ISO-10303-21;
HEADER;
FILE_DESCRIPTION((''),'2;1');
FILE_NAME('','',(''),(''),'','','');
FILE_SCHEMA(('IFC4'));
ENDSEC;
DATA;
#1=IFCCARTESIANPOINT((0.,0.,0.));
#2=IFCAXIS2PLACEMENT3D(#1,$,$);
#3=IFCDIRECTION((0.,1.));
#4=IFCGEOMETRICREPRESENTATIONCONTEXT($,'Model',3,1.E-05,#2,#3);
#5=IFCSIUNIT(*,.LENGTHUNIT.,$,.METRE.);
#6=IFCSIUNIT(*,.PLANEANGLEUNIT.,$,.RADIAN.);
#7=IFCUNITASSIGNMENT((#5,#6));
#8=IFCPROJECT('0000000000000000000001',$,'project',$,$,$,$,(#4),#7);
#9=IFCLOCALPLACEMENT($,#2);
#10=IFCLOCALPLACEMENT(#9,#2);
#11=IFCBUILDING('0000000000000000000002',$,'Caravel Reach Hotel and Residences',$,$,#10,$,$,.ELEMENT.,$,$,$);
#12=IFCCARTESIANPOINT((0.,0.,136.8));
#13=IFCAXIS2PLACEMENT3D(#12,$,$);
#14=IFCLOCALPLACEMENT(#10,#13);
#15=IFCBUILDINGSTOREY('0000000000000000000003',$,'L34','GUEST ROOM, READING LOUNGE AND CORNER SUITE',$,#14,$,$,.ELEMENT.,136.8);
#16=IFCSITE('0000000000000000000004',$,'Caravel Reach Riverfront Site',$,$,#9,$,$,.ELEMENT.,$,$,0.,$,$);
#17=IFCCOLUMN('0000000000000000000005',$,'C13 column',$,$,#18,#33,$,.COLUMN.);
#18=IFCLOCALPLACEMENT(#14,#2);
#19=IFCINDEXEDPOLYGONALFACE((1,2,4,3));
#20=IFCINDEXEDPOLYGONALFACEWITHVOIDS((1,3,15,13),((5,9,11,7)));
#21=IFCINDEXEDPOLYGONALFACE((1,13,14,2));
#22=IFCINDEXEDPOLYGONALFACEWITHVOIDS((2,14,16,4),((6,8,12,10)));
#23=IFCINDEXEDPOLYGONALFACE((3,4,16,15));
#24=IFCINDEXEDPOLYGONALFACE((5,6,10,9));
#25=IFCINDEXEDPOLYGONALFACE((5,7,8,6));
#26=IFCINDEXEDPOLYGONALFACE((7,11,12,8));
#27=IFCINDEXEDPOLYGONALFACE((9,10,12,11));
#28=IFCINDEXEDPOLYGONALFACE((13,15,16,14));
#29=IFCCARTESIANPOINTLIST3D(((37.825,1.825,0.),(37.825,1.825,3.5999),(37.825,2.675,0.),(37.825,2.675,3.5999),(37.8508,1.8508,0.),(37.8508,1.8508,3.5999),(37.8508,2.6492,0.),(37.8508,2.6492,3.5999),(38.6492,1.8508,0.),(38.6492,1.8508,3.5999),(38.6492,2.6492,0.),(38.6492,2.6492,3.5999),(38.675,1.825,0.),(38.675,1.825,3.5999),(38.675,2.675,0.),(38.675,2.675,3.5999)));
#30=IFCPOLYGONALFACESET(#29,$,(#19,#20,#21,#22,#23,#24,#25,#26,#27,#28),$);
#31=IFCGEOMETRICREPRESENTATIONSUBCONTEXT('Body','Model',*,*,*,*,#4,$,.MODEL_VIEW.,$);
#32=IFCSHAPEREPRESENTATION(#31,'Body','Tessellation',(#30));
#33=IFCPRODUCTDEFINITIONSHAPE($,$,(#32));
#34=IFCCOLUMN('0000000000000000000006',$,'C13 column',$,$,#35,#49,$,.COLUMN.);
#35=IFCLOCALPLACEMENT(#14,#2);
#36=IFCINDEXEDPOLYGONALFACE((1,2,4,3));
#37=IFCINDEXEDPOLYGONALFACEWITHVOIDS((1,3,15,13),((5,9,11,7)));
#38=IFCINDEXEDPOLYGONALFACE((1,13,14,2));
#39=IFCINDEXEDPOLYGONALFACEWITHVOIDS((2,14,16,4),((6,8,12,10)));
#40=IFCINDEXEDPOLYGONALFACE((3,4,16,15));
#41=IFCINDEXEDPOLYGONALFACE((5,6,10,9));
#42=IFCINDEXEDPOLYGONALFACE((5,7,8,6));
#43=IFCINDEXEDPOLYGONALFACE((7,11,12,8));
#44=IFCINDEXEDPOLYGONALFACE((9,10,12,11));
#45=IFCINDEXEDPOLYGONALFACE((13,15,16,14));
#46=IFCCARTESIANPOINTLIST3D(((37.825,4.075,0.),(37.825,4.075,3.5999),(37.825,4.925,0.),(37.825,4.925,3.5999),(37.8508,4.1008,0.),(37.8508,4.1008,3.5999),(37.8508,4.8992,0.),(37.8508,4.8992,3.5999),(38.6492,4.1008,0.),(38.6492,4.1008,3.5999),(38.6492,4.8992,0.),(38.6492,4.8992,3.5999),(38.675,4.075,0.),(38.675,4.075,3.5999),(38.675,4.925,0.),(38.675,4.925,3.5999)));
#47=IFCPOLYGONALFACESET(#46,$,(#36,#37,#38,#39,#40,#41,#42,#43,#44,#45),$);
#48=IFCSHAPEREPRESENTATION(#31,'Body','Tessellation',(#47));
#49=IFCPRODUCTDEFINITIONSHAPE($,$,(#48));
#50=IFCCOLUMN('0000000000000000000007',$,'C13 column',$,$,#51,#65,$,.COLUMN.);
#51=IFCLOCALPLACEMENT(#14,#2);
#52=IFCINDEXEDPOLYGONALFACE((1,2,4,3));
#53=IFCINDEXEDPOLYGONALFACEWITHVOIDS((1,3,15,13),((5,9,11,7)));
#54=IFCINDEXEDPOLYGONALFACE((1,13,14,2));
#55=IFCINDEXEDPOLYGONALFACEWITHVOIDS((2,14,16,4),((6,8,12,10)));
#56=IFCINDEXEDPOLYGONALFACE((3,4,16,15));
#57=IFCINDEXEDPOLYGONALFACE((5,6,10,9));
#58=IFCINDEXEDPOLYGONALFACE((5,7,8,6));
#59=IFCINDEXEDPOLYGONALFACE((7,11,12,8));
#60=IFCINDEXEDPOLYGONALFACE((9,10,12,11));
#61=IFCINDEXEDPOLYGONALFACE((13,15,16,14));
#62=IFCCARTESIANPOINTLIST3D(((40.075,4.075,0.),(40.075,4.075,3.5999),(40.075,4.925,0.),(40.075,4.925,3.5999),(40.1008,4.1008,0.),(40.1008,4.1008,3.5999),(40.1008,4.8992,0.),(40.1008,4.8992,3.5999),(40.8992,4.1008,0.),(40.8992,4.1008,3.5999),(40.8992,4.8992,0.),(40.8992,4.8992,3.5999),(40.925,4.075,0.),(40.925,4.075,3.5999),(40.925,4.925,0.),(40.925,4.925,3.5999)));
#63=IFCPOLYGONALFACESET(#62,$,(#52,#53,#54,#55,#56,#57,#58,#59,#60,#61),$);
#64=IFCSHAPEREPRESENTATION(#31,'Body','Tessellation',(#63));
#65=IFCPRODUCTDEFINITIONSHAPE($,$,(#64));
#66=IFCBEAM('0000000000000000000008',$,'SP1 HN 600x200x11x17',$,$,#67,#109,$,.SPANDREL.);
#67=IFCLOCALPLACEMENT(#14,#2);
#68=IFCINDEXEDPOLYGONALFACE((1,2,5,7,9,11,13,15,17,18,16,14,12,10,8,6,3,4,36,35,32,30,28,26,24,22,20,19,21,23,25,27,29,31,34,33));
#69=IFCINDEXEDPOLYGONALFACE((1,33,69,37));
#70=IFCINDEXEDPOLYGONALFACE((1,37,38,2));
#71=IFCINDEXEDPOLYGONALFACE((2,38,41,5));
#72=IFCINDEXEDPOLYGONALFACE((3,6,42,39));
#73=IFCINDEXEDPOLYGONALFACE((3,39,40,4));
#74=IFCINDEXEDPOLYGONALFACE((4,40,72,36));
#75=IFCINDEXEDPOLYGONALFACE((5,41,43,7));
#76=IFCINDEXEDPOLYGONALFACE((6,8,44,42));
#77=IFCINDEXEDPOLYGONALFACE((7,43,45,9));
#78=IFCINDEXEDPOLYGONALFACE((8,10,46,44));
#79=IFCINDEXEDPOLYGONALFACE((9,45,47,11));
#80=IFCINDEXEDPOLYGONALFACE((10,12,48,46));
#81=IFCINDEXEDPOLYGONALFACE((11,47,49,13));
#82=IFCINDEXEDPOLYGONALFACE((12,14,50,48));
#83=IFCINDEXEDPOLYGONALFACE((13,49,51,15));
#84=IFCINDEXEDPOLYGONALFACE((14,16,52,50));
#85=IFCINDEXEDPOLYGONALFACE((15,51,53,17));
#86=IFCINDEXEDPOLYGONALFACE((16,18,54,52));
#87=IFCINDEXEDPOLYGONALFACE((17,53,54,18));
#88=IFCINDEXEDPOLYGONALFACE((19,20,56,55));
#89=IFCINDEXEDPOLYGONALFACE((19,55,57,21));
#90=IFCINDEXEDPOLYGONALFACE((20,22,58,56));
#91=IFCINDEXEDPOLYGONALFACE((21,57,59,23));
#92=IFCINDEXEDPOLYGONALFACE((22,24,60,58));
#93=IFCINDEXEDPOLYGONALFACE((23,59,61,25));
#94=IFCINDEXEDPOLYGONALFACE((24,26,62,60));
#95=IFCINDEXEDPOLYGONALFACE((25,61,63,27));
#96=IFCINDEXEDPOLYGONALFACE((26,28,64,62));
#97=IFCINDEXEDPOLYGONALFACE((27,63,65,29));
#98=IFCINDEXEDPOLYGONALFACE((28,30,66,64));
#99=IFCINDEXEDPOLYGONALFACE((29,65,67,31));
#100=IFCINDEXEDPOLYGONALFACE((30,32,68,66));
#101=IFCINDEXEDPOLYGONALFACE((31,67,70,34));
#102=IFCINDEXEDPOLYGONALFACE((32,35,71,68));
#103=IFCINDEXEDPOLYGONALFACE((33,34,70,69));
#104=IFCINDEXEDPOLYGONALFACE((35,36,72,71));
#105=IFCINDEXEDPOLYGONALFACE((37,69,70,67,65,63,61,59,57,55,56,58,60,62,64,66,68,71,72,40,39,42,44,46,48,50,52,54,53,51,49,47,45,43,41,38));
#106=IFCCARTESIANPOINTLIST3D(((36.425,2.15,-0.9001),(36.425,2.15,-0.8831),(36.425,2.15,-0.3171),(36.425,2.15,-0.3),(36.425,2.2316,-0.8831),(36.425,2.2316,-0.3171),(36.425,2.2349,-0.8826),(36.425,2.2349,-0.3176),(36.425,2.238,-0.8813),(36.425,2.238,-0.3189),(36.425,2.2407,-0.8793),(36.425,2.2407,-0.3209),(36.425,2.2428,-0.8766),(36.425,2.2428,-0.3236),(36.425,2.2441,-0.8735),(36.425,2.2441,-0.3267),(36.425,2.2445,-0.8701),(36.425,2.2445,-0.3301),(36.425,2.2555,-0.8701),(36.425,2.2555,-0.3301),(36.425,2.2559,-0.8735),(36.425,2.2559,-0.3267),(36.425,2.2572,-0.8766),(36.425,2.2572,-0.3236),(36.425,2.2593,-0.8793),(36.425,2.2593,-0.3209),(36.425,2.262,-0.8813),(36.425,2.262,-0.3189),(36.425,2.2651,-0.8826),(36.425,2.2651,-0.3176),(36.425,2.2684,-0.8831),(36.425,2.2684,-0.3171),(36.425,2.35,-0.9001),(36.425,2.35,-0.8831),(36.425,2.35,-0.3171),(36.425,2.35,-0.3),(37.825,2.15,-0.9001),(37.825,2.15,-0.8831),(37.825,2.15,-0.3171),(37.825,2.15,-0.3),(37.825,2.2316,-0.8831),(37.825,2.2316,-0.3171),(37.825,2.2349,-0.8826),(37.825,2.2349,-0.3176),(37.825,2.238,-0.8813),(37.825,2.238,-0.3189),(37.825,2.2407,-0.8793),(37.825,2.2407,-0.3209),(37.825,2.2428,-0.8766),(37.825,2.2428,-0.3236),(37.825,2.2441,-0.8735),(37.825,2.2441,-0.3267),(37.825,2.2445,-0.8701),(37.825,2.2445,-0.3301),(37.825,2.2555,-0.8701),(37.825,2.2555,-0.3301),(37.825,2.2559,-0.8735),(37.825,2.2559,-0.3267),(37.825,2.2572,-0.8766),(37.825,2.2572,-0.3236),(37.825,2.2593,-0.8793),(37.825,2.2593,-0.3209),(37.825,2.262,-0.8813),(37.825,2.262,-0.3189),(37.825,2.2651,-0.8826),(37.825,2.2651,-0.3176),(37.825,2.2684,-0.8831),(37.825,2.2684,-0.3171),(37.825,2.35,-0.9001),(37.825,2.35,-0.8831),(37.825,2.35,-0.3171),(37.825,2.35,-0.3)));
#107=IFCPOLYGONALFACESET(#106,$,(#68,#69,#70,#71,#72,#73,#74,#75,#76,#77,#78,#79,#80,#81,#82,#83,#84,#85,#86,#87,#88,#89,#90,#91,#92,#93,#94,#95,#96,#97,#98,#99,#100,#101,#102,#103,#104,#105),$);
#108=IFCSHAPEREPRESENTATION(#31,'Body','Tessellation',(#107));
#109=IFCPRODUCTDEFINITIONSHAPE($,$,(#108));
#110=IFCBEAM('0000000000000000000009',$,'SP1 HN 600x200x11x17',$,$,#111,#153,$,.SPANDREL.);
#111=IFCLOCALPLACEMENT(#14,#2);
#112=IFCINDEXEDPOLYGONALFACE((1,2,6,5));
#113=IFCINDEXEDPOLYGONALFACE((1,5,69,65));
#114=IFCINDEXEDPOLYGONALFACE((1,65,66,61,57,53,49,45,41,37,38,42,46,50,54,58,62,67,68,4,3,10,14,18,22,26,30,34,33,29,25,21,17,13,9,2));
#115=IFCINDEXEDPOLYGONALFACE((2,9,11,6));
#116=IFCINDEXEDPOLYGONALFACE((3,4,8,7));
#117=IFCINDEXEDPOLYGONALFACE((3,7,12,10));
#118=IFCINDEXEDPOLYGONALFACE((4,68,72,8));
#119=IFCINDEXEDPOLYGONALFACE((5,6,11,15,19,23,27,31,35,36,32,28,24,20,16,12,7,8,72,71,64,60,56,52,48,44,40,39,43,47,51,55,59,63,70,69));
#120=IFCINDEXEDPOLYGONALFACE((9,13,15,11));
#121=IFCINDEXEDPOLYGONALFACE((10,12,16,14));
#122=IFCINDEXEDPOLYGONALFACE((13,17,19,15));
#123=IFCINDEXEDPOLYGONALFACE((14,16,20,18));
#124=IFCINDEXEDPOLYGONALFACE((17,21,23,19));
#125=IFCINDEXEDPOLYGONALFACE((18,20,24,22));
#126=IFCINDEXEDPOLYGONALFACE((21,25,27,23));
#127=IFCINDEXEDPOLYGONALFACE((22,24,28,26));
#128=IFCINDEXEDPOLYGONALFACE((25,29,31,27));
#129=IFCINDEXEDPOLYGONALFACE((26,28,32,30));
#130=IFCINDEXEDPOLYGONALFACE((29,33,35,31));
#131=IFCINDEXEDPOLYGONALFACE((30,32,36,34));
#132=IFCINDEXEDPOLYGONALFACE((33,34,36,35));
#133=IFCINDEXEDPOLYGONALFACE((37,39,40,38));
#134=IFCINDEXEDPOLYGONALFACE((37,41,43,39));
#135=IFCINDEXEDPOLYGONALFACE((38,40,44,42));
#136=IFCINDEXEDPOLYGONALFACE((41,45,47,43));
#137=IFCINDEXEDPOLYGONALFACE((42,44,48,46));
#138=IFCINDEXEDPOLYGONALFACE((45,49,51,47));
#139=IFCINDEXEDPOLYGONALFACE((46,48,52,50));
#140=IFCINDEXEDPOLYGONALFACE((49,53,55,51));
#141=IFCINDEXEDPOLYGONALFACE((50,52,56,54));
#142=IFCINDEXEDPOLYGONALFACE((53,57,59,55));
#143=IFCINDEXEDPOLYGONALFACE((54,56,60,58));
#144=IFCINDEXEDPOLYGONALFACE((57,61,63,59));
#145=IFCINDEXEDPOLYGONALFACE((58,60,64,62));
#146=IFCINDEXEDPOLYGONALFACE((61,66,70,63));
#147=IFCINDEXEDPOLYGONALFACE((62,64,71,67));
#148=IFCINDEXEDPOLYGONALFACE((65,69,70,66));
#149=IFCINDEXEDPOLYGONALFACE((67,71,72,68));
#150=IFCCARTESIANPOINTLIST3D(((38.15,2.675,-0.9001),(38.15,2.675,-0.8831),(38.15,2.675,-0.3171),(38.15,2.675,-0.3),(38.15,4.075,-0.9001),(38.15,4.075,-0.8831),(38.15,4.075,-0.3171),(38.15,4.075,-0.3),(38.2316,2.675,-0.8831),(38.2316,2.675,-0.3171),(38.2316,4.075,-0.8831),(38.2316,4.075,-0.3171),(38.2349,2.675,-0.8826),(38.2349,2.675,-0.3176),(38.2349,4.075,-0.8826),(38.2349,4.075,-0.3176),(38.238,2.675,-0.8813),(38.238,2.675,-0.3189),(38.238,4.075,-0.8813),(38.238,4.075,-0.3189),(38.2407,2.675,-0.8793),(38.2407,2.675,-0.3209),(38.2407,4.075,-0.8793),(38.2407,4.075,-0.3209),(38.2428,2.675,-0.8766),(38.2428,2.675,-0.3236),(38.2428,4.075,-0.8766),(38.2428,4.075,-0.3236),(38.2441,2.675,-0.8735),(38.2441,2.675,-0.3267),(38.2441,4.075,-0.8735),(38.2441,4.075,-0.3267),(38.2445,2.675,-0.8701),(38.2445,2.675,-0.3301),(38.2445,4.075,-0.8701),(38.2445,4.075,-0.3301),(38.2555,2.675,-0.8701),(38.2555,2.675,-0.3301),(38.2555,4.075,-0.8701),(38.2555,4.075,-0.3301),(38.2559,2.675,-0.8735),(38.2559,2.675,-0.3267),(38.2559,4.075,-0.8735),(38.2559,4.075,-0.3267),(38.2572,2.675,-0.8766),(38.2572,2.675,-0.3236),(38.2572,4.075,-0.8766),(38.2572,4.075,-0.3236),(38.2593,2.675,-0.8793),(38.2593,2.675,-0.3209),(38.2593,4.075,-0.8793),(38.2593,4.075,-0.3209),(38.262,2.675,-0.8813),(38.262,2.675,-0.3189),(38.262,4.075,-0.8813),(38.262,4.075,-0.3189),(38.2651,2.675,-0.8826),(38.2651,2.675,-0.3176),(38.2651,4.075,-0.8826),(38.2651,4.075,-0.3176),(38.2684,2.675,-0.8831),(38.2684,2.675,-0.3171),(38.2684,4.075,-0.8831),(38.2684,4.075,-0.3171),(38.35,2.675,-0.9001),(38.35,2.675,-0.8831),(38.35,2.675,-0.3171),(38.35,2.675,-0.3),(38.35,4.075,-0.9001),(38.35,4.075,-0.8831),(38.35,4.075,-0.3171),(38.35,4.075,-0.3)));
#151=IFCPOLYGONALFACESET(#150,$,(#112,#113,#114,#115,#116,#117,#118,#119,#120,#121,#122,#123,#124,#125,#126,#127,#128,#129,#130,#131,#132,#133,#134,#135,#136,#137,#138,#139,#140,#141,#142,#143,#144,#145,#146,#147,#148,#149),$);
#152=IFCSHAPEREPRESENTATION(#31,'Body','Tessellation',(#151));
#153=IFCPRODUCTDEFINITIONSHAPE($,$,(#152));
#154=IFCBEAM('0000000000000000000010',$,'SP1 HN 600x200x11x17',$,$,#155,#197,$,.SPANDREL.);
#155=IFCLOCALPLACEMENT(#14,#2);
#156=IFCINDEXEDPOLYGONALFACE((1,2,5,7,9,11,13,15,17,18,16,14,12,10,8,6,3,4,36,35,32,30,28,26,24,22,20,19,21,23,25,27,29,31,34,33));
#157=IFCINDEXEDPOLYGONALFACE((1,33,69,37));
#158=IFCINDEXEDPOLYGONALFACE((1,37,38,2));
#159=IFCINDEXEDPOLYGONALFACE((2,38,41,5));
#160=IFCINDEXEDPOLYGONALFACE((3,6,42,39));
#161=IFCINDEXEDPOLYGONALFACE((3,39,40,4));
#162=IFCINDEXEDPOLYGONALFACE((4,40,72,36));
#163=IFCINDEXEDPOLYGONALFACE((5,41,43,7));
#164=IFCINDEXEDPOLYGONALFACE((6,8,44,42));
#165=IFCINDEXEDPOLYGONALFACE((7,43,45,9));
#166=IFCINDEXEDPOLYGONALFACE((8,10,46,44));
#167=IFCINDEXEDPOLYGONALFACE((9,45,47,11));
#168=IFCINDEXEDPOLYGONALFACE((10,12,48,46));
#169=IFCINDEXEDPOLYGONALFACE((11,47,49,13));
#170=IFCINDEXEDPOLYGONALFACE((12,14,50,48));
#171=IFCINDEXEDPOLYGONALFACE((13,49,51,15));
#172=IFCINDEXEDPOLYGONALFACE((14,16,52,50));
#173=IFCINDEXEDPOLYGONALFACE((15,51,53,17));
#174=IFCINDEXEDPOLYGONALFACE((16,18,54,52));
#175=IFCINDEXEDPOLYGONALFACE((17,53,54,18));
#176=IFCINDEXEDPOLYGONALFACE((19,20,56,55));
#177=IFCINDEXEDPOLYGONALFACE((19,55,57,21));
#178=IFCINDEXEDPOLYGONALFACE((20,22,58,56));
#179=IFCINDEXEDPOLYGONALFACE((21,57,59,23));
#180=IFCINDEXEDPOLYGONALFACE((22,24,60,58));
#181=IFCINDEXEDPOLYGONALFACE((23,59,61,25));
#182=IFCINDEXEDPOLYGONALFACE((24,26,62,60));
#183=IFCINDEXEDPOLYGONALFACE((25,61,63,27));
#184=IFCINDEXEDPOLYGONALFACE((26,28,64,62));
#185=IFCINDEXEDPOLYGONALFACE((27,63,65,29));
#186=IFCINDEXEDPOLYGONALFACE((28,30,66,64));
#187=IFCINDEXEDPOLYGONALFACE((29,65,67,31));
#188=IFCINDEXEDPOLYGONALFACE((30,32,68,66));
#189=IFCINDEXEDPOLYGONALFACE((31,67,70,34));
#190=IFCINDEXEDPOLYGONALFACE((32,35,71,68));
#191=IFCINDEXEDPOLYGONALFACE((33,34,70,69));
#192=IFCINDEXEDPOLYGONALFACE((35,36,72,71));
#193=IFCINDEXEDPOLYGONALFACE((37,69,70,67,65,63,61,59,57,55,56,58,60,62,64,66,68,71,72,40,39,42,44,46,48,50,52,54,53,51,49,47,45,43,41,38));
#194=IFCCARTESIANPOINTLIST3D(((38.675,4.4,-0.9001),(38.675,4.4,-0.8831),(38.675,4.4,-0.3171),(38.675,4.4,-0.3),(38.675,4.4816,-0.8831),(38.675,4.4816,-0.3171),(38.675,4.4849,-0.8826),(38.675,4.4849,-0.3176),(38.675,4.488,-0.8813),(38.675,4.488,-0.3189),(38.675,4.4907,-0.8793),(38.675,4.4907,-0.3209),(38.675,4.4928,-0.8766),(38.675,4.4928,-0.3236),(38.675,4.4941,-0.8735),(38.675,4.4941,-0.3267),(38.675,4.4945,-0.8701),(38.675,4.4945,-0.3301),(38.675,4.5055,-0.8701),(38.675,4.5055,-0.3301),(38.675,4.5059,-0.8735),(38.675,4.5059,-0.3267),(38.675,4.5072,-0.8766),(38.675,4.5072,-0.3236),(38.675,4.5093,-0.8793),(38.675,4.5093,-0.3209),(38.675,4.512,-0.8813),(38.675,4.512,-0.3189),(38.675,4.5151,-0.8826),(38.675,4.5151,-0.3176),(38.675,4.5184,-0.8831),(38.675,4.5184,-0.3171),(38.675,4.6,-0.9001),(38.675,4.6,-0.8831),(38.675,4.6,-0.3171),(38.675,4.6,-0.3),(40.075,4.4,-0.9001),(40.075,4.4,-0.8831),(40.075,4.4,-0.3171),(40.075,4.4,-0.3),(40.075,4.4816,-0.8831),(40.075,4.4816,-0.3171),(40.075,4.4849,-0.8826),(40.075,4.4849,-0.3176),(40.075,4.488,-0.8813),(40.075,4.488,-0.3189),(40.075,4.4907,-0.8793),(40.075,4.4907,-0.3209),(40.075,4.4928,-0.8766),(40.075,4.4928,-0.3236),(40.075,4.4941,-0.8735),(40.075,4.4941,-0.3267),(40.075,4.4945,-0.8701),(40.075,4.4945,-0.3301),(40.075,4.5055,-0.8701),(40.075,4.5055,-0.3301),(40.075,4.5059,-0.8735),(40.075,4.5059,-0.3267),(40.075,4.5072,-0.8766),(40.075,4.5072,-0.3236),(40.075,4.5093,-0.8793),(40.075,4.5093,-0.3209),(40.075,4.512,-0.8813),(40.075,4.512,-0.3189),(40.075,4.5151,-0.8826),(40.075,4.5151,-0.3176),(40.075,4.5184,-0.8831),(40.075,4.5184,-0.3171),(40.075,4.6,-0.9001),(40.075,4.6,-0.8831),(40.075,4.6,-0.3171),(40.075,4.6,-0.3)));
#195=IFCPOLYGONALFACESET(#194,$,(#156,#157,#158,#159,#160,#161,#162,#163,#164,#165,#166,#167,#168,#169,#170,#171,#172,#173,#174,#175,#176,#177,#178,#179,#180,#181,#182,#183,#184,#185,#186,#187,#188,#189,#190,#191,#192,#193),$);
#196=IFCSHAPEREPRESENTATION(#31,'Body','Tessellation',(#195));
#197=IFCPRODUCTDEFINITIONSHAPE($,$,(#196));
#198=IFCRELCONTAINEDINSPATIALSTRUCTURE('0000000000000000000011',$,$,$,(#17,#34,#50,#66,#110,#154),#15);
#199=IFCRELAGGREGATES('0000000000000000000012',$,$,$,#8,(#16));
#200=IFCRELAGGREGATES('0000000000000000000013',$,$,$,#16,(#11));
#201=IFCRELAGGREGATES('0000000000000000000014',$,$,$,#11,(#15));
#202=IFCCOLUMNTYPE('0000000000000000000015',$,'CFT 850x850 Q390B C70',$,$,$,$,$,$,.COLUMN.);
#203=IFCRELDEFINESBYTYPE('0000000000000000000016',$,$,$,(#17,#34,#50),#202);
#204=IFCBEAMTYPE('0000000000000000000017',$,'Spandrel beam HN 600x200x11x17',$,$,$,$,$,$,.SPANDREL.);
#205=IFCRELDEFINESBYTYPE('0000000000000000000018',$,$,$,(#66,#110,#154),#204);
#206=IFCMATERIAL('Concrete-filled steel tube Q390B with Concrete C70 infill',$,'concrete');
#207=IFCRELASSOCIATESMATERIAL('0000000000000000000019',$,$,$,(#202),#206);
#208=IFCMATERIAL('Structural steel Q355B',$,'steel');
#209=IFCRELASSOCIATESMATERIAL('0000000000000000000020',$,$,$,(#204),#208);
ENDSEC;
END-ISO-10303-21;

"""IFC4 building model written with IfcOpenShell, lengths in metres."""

from ifc_helpers import new_model, si_unit, direction, frame, origin, origin_2d, place, context, subcontext, project, spatial, hollow_rectangle, i_section, extrude, material, material_profile, profile_set, type_object, element, save


model = new_model("IFC4")

# Units and contexts
model_context = context("Model", 3, precision=1e-05, world=origin(), true_north=direction((0.0, 1.0)))
body_context = subcontext(model_context, "Body", "Model", "MODEL_VIEW")
ifc_project = project(units=[si_unit("LENGTHUNIT", "METRE"), si_unit("PLANEANGLEUNIT", "RADIAN")], contexts=[model_context])

# Site, building, storey
site_placement = place(None, origin())
site = spatial("IfcSite", under=ifc_project, at=site_placement, Name="Caravel Reach Riverfront Site", CompositionType="ELEMENT", RefElevation=0.0)
building_placement = place(site_placement, origin())
building = spatial("IfcBuilding", under=site, at=building_placement, Name="Caravel Reach Hotel and Residences", CompositionType="ELEMENT")
storey_placement = place(building_placement, frame((0.0, 0.0, 136.8)))
storey = spatial("IfcBuildingStorey", under=building, at=storey_placement, Name="L34", Description="GUEST ROOM, READING LOUNGE AND CORNER SUITE", CompositionType="ELEMENT", Elevation=136.8)

# Columns
ifc_material_1 = material(Name="Concrete-filled steel tube Q390B with Concrete C70 infill", Category="concrete")
ifc_material_profile_1 = material_profile(ifc_material_1, hollow_rectangle(XDim=0.8501, YDim=0.8501, WallThickness=0.0259, at=origin_2d()), Name="RHS 850x850x26")
ifc_profile_set_1 = profile_set([ifc_material_profile_1], Name="Concrete-filled steel tube Q390B with Concrete C70 infill")
column_type = type_object("IfcColumnType", Name="CFT 850x850 Q390B C70", PredefinedType="COLUMN", material=ifc_profile_set_1)
for number, where, z_axis, x_axis, name in (
    (1, (38.25, 2.25, 0.0), (0.0, 0.0, 1.0), (1.0, 0.0, 0.0), "C13 column"),
    (2, (38.25, 4.5, 0.0), (0.0, 0.0, 1.0), (1.0, 0.0, 0.0), "C13 column"),
    (3, (40.5, 4.5, 0.0), (0.0, 0.0, 1.0), (1.0, 0.0, 0.0), "C13 column"),
):
    element("IfcColumn", number, at=place(storey_placement, frame(where, z_axis=z_axis, x_axis=x_axis)), inside=storey, type_object=column_type, Name=name, PredefinedType="COLUMN", context=body_context, shape_type="SweptSolid", body=[
        extrude(hollow_rectangle(XDim=0.8501, YDim=0.8501, WallThickness=0.0259, at=origin_2d()), origin(), (0.0, 0.0, 1.0), 3.5999),
    ])

# Beams
ifc_material_2 = material(Name="Structural steel Q355B", Category="steel")
ifc_material_profile_2 = material_profile(ifc_material_2, i_section(OverallWidth=0.2, OverallDepth=0.6001, WebThickness=0.011, FlangeThickness=0.0171, FilletRadius=0.0129, at=origin_2d()), Name="HN 600x200x11x17")
ifc_profile_set_2 = profile_set([ifc_material_profile_2], Name="Structural steel Q355B")
beam_type = type_object("IfcBeamType", Name="Spandrel beam HN 600x200x11x17", PredefinedType="SPANDREL", material=ifc_profile_set_2)
for number, where, z_axis, x_axis, name in (
    (4, (36.425, 2.25, -0.6001), (1.0, 0.0, 0.0), (0.0, 1.0, 0.0), "SP1 HN 600x200x11x17"),
    (5, (38.25, 2.675, -0.6001), (0.0, 1.0, 0.0), (-1.0, 0.0, 0.0), "SP1 HN 600x200x11x17"),
    (6, (38.675, 4.5, -0.6001), (1.0, 0.0, 0.0), (0.0, 1.0, 0.0), "SP1 HN 600x200x11x17"),
):
    element("IfcBeam", number, at=place(storey_placement, frame(where, z_axis=z_axis, x_axis=x_axis)), inside=storey, type_object=beam_type, Name=name, PredefinedType="SPANDREL", context=body_context, shape_type="SweptSolid", body=[
        extrude(i_section(OverallWidth=0.2, OverallDepth=0.6001, WebThickness=0.011, FlangeThickness=0.0171, FilletRadius=0.0129, at=origin_2d()), origin(), (0.0, 0.0, 1.0), 1.3999),
    ])

save(model, "model.ifc")
